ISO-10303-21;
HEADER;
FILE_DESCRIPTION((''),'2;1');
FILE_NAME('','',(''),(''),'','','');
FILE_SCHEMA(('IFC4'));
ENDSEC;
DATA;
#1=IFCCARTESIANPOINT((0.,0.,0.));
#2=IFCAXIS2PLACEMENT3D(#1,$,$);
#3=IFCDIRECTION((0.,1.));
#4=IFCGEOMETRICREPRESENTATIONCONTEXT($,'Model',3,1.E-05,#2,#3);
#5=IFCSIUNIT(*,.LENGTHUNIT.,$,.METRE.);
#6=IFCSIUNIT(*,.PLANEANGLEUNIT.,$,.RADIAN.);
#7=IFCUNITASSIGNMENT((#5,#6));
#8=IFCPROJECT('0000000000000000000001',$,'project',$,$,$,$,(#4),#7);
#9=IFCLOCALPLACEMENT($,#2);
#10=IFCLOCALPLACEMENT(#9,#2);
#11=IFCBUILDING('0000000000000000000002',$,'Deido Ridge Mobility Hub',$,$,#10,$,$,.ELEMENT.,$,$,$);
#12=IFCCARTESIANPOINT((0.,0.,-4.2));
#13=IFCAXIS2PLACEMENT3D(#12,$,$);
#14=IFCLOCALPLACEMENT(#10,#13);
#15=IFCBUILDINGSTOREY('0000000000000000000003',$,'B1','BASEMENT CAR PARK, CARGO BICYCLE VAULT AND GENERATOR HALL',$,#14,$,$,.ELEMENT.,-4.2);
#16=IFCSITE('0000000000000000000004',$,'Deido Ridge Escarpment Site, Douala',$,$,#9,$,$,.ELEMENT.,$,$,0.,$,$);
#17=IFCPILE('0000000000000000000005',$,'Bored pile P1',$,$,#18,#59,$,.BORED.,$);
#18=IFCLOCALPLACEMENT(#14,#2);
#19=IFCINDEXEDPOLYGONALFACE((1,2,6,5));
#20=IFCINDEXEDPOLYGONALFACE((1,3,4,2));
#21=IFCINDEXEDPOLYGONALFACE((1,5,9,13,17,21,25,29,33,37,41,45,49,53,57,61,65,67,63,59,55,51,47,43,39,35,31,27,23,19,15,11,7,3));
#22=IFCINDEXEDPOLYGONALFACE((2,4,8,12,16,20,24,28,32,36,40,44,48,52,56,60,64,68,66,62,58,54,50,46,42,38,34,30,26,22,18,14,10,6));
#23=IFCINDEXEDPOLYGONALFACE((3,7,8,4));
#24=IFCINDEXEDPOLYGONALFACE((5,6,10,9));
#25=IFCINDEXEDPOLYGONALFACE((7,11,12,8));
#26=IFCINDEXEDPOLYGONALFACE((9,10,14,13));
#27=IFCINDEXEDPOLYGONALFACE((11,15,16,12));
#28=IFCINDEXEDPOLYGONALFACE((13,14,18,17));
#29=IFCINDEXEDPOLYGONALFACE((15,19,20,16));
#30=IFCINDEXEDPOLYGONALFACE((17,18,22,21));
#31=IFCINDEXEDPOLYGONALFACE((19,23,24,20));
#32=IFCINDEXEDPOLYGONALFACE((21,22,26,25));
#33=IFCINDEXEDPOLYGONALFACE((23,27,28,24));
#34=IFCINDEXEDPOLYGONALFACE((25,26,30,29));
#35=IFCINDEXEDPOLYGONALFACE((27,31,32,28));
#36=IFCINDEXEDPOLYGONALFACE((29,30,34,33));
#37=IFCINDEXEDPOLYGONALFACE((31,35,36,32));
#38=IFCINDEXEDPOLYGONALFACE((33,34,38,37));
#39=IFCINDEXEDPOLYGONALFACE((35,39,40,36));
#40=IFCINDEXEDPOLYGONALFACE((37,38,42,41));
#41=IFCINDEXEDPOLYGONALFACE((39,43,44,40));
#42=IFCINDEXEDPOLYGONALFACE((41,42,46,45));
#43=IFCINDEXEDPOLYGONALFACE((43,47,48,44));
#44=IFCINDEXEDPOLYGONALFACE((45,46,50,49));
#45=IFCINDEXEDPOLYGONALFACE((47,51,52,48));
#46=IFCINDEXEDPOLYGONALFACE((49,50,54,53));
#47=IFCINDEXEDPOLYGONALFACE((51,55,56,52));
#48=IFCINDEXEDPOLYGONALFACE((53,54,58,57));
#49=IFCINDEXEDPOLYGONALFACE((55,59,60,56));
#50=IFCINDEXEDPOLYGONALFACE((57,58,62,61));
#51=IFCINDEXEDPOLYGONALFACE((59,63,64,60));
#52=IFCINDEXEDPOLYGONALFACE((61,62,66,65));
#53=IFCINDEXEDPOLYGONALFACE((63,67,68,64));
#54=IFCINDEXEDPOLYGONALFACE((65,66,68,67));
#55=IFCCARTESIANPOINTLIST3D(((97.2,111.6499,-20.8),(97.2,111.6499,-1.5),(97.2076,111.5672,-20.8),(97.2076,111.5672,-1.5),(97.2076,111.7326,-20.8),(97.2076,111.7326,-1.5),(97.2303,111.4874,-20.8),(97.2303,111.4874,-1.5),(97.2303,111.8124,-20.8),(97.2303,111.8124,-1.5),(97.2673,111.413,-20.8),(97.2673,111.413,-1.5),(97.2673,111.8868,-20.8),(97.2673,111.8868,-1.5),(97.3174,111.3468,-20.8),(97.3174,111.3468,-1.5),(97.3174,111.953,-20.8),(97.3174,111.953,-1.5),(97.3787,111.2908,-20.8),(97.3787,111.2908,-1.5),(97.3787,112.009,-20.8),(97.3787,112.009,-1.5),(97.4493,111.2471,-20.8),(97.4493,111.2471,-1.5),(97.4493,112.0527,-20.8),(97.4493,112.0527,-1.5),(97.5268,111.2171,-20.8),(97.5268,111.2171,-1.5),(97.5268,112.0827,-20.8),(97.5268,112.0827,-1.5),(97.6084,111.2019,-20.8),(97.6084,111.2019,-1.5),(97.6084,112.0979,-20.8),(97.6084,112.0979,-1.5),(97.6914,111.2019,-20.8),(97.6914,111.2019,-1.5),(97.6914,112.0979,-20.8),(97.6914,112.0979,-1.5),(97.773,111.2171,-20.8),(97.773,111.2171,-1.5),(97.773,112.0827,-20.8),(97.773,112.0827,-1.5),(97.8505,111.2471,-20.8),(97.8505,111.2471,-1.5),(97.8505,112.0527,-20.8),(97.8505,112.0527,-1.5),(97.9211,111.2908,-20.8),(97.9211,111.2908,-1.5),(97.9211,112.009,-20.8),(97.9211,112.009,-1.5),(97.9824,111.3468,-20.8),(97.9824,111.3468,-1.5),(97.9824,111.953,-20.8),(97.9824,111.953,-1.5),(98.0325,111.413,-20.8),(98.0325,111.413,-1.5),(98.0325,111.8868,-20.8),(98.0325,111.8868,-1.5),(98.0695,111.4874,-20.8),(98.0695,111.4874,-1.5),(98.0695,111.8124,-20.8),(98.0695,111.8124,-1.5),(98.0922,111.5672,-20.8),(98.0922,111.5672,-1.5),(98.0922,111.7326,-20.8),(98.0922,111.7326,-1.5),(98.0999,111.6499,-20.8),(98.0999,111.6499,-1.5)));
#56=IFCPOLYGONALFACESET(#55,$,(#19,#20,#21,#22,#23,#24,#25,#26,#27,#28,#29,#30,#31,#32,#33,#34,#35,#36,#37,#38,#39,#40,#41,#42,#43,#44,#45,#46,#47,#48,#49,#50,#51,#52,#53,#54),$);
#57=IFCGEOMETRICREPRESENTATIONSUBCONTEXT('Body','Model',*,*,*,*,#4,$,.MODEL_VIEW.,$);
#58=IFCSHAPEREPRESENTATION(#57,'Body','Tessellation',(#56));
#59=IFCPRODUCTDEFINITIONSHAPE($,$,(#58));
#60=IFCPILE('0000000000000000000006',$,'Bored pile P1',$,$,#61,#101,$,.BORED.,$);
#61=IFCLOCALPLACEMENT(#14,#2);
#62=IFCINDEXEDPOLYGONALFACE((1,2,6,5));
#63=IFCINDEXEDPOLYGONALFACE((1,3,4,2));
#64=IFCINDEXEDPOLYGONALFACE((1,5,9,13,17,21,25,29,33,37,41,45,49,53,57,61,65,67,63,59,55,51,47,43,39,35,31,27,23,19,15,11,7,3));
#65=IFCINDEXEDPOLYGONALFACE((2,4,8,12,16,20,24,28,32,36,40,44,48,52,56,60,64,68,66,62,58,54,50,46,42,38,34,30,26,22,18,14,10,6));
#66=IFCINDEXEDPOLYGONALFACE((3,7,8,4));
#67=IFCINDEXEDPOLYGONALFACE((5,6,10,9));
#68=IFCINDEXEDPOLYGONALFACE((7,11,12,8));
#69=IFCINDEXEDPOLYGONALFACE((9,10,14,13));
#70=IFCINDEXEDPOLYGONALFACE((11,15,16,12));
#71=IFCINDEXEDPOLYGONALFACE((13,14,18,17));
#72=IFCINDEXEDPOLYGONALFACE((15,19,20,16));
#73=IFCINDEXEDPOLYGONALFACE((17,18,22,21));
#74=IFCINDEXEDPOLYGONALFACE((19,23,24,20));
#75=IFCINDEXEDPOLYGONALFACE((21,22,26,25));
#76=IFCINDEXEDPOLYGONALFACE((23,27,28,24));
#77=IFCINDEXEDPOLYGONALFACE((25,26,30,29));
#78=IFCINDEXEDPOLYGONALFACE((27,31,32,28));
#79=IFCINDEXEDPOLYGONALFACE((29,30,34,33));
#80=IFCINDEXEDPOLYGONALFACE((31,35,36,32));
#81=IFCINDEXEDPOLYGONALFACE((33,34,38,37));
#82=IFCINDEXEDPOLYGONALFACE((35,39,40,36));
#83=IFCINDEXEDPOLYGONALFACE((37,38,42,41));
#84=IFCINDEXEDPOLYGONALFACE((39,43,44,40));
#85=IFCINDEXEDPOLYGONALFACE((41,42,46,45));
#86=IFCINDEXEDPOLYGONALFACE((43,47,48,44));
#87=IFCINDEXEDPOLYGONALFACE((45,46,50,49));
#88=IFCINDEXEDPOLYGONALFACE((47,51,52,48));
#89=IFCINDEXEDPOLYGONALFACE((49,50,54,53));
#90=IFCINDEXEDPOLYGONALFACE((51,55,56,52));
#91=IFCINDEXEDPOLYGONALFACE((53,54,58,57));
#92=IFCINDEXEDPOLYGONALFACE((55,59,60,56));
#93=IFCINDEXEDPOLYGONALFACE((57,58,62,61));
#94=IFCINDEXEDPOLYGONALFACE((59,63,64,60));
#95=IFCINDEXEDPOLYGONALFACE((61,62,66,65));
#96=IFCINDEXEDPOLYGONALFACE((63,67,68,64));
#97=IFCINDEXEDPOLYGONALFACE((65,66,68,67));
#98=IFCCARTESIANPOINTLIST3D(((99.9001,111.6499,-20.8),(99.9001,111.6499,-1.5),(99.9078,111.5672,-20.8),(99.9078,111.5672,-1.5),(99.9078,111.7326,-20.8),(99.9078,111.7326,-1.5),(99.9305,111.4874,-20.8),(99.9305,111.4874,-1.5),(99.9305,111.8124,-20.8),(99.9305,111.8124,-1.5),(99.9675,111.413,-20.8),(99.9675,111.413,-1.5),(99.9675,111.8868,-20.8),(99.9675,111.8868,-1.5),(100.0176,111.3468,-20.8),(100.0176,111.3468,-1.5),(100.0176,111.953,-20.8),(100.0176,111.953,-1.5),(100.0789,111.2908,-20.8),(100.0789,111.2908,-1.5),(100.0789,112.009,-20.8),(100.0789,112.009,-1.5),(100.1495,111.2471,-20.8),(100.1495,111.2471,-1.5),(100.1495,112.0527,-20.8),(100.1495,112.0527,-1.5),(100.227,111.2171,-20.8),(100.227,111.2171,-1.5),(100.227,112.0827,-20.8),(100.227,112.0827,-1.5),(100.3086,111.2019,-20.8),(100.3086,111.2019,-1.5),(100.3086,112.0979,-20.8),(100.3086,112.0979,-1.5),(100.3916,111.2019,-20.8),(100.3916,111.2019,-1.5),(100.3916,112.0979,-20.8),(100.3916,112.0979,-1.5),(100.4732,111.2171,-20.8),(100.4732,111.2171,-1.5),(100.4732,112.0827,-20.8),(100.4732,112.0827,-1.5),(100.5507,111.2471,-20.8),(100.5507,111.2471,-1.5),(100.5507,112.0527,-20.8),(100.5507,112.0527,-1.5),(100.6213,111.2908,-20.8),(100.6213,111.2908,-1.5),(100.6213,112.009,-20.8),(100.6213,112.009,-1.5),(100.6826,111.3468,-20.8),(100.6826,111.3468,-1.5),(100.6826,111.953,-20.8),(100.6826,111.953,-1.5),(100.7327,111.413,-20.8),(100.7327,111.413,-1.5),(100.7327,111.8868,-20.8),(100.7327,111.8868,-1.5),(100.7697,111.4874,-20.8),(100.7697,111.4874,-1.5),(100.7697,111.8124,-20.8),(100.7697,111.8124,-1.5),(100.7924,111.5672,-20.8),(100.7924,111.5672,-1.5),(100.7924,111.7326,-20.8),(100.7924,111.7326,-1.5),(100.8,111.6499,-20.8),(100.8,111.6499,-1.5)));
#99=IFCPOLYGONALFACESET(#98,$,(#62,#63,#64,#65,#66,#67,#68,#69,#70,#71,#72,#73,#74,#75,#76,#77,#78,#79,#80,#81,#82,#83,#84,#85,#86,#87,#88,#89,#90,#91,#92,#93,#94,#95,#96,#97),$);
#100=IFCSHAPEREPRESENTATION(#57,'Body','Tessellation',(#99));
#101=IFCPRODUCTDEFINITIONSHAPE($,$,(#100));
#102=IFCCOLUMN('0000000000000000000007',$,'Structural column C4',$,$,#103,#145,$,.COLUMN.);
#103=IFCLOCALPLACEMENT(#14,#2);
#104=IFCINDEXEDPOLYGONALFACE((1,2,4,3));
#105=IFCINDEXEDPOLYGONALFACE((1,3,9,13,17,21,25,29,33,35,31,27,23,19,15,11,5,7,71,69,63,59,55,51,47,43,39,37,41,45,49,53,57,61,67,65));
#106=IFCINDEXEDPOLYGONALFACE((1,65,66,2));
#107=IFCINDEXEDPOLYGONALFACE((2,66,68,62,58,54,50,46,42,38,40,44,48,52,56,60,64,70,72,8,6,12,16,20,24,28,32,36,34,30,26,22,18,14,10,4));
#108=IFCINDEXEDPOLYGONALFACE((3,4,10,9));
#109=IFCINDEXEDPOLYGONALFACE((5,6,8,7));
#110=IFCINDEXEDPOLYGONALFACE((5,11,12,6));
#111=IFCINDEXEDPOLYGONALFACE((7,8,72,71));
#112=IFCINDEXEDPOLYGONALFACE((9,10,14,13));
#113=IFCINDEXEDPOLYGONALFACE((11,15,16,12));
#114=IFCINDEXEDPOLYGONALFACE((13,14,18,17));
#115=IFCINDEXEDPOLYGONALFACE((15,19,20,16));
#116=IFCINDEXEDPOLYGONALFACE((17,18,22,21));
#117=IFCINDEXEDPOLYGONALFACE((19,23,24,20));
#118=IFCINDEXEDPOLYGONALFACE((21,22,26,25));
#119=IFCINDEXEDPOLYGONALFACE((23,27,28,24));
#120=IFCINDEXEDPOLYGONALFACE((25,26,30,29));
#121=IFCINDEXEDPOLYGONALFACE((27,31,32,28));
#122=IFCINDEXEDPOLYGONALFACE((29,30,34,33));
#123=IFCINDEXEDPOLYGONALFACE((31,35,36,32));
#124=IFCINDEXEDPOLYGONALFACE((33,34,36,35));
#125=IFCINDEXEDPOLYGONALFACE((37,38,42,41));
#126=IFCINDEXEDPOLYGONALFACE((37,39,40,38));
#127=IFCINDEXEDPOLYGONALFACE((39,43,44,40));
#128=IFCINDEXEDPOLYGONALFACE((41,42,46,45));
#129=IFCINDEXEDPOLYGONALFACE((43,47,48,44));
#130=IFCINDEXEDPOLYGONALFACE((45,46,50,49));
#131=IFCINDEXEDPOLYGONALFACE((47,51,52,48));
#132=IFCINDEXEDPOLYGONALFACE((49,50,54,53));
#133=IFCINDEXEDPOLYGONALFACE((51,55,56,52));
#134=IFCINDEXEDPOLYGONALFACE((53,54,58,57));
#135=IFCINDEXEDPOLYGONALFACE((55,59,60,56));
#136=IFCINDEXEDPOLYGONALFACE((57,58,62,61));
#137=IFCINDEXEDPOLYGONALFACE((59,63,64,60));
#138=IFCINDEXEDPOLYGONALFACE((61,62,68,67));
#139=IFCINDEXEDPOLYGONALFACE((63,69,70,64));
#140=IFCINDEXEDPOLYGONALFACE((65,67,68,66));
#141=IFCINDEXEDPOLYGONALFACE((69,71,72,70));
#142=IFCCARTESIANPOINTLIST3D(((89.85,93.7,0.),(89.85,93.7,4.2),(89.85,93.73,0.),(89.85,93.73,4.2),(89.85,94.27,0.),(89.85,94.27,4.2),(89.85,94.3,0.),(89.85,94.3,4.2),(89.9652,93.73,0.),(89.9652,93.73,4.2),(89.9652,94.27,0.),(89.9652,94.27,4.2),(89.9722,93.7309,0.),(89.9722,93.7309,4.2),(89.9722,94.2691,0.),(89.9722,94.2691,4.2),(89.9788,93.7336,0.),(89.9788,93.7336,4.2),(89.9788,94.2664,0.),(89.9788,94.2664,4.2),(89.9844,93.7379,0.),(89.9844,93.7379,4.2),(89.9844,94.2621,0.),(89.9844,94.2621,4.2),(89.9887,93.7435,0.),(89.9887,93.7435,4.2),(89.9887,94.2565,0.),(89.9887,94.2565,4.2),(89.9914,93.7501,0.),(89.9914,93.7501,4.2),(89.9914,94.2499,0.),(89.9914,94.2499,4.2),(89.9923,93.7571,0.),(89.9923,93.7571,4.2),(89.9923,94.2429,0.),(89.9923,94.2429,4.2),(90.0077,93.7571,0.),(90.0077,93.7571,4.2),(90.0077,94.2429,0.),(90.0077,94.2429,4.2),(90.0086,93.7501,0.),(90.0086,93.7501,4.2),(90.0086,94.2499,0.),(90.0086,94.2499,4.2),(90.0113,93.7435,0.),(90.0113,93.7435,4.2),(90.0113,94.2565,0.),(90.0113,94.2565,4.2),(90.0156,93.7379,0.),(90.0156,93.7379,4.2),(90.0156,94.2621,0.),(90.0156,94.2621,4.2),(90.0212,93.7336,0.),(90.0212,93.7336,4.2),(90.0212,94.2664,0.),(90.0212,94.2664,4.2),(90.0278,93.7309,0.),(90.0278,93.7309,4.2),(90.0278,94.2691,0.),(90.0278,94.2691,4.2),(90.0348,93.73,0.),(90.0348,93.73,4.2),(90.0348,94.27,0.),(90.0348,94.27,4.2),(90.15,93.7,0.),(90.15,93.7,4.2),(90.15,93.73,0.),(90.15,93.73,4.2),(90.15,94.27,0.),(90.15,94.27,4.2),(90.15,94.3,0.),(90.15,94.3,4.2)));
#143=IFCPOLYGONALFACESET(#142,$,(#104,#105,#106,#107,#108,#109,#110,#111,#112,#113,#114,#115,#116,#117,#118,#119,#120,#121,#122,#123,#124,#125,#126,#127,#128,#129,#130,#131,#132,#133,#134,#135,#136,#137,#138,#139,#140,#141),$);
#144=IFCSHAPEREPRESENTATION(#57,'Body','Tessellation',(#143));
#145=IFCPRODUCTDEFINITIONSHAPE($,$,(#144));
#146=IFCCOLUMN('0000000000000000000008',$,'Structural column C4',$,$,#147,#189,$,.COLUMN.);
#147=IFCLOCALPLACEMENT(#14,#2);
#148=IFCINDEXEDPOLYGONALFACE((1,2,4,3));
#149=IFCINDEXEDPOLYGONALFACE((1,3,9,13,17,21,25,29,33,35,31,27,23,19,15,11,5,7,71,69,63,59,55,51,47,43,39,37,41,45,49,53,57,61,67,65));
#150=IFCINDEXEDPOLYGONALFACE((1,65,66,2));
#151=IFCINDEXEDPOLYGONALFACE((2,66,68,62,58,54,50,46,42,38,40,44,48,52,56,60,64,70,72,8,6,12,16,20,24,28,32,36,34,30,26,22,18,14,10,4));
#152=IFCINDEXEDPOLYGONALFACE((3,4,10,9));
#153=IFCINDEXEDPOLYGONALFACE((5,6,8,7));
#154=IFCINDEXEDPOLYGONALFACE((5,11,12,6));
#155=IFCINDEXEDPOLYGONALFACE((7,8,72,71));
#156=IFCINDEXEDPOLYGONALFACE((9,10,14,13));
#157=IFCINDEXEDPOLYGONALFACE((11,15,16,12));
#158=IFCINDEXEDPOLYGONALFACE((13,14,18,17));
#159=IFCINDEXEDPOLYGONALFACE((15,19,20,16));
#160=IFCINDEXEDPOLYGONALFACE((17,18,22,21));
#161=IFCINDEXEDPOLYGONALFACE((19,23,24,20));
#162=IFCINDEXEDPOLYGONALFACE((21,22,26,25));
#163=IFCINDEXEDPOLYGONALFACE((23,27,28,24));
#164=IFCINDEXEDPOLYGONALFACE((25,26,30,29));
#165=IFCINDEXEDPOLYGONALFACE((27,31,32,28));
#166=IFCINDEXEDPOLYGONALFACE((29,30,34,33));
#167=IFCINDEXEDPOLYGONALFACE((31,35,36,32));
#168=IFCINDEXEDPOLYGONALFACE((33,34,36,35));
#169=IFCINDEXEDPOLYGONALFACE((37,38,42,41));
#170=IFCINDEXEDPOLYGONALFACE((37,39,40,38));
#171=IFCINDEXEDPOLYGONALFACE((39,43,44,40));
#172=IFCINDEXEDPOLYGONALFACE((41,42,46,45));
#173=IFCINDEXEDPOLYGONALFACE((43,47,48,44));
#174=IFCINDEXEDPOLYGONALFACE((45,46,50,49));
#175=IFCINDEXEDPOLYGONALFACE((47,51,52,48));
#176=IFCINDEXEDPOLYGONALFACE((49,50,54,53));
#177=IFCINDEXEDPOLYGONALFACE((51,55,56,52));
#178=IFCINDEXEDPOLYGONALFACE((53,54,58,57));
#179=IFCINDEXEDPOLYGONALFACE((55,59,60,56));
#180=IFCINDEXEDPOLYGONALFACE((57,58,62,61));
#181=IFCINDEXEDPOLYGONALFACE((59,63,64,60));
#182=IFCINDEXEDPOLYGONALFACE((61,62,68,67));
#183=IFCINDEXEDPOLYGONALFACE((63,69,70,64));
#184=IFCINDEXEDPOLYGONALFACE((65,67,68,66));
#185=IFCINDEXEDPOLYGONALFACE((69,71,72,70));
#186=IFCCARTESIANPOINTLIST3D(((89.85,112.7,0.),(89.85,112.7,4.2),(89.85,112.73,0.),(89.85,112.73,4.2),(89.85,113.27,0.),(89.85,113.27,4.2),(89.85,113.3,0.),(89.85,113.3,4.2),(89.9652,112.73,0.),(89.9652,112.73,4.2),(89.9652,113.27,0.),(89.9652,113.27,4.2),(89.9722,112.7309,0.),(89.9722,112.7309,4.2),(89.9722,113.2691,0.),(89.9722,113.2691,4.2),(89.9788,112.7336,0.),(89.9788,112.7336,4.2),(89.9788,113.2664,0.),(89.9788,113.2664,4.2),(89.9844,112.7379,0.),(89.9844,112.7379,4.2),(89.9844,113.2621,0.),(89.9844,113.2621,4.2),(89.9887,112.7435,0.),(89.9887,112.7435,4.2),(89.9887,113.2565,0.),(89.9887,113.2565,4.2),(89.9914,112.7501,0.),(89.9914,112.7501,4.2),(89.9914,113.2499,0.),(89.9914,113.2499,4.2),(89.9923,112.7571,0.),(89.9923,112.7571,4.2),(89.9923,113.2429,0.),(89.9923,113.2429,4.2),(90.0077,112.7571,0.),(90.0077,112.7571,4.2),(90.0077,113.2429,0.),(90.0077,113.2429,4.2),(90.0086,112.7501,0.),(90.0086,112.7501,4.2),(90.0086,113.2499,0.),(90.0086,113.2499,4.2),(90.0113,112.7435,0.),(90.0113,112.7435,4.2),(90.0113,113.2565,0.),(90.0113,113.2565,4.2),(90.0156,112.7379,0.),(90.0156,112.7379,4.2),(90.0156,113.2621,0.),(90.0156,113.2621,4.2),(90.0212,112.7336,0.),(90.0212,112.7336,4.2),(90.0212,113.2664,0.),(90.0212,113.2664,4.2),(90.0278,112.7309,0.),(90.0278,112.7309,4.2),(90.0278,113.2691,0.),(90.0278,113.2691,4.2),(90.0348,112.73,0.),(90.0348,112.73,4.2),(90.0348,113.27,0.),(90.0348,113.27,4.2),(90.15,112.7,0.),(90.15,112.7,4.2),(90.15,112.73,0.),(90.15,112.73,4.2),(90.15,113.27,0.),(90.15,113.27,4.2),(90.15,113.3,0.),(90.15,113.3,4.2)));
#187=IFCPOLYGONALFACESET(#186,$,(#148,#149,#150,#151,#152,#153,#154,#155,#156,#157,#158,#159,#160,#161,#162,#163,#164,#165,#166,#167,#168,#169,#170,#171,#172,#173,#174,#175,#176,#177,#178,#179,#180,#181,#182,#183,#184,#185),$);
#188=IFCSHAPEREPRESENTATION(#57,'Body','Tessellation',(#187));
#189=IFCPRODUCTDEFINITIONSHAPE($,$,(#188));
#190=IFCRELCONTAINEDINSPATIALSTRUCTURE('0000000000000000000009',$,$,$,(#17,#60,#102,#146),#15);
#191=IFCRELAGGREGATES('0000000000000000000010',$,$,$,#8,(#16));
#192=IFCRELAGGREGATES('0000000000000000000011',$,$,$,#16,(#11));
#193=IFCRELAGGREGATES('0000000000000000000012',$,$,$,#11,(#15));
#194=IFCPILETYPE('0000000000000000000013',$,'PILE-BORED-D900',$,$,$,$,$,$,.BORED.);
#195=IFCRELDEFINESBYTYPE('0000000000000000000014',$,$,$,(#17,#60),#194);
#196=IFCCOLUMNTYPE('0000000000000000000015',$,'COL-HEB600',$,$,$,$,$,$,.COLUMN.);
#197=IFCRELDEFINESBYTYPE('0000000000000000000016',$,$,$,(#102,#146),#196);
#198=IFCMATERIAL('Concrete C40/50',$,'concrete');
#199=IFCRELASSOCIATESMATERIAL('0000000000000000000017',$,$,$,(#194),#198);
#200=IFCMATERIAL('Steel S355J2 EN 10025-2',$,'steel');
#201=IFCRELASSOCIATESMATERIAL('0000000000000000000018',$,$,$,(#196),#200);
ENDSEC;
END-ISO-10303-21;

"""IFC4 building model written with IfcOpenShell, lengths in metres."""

from ifc_helpers import new_model, si_unit, direction, frame, origin, origin_2d, place, context, subcontext, project, spatial, circle, i_section, extrude, material, material_profile, profile_set, type_object, element, save


model = new_model("IFC4")

# Units and contexts
model_context = context("Model", 3, precision=1e-05, world=origin(), true_north=direction((0.0, 1.0)))
body_context = subcontext(model_context, "Body", "Model", "MODEL_VIEW")
ifc_project = project(units=[si_unit("LENGTHUNIT", "METRE"), si_unit("PLANEANGLEUNIT", "RADIAN")], contexts=[model_context])

# Site, building, storey
site_placement = place(None, origin())
site = spatial("IfcSite", under=ifc_project, at=site_placement, Name="Deido Ridge Escarpment Site, Douala", CompositionType="ELEMENT", RefElevation=0.0)
building_placement = place(site_placement, origin())
building = spatial("IfcBuilding", under=site, at=building_placement, Name="Deido Ridge Mobility Hub", CompositionType="ELEMENT")
storey_placement = place(building_placement, frame((0.0, 0.0, -4.2)))
storey = spatial("IfcBuildingStorey", under=building, at=storey_placement, Name="B1", Description="BASEMENT CAR PARK, CARGO BICYCLE VAULT AND GENERATOR HALL", CompositionType="ELEMENT", Elevation=-4.2)

# Shared definitions
ifc_material_1 = material(Name="Concrete C40/50", Category="concrete")

# Piles
ifc_material_profile_1 = material_profile(ifc_material_1, circle(Radius=0.45, at=origin_2d()), Name="BORED PILE D900")
ifc_profile_set_1 = profile_set([ifc_material_profile_1], Name="Concrete C40/50")
pile_type_1 = type_object("IfcPileType", Name="PILE-BORED-D900", PredefinedType="BORED", material=ifc_profile_set_1)
for number, where, z_axis, x_axis, name in (
    (1, (97.6499, 111.6499, -1.5), (0.0, 0.0, -1.0), (1.0, 0.0, 0.0), "Bored pile P1"),
    (2, (100.3501, 111.6499, -1.5), (0.0, 0.0, -1.0), (1.0, 0.0, 0.0), "Bored pile P1"),
):
    element("IfcPile", number, at=place(storey_placement, frame(where, z_axis=z_axis, x_axis=x_axis)), inside=storey, type_object=pile_type_1, Name=name, PredefinedType="BORED", context=body_context, shape_type="SweptSolid", body=[
        extrude(circle(Radius=0.45, at=origin_2d()), origin(), (0.0, 0.0, 1.0), 19.3),
    ])

# Columns
ifc_material_2 = material(Name="Steel S355J2 EN 10025-2", Category="steel")
ifc_material_profile_2 = material_profile(ifc_material_2, i_section(OverallWidth=0.3, OverallDepth=0.6001, WebThickness=0.0154, FlangeThickness=0.03, FilletRadius=0.0271, at=origin_2d()), Name="HEB 600")
ifc_profile_set_2 = profile_set([ifc_material_profile_2], Name="Steel S355J2 EN 10025-2")
column_type = type_object("IfcColumnType", Name="COL-HEB600", PredefinedType="COLUMN", material=ifc_profile_set_2)
for number, where, z_axis, x_axis, name in (
    (3, (90.0, 94.0, 0.0), (0.0, 0.0, 1.0), (1.0, 0.0, 0.0), "Structural column C4"),
    (4, (90.0, 113.0, 0.0), (0.0, 0.0, 1.0), (1.0, 0.0, 0.0), "Structural column C4"),
):
    element("IfcColumn", number, at=place(storey_placement, frame(where, z_axis=z_axis, x_axis=x_axis)), inside=storey, type_object=column_type, Name=name, PredefinedType="COLUMN", context=body_context, shape_type="SweptSolid", body=[
        extrude(i_section(OverallWidth=0.3, OverallDepth=0.6001, WebThickness=0.0154, FlangeThickness=0.03, FilletRadius=0.0271, at=origin_2d()), origin(), (0.0, 0.0, 1.0), 4.2),
    ])

save(model, "model.ifc")
